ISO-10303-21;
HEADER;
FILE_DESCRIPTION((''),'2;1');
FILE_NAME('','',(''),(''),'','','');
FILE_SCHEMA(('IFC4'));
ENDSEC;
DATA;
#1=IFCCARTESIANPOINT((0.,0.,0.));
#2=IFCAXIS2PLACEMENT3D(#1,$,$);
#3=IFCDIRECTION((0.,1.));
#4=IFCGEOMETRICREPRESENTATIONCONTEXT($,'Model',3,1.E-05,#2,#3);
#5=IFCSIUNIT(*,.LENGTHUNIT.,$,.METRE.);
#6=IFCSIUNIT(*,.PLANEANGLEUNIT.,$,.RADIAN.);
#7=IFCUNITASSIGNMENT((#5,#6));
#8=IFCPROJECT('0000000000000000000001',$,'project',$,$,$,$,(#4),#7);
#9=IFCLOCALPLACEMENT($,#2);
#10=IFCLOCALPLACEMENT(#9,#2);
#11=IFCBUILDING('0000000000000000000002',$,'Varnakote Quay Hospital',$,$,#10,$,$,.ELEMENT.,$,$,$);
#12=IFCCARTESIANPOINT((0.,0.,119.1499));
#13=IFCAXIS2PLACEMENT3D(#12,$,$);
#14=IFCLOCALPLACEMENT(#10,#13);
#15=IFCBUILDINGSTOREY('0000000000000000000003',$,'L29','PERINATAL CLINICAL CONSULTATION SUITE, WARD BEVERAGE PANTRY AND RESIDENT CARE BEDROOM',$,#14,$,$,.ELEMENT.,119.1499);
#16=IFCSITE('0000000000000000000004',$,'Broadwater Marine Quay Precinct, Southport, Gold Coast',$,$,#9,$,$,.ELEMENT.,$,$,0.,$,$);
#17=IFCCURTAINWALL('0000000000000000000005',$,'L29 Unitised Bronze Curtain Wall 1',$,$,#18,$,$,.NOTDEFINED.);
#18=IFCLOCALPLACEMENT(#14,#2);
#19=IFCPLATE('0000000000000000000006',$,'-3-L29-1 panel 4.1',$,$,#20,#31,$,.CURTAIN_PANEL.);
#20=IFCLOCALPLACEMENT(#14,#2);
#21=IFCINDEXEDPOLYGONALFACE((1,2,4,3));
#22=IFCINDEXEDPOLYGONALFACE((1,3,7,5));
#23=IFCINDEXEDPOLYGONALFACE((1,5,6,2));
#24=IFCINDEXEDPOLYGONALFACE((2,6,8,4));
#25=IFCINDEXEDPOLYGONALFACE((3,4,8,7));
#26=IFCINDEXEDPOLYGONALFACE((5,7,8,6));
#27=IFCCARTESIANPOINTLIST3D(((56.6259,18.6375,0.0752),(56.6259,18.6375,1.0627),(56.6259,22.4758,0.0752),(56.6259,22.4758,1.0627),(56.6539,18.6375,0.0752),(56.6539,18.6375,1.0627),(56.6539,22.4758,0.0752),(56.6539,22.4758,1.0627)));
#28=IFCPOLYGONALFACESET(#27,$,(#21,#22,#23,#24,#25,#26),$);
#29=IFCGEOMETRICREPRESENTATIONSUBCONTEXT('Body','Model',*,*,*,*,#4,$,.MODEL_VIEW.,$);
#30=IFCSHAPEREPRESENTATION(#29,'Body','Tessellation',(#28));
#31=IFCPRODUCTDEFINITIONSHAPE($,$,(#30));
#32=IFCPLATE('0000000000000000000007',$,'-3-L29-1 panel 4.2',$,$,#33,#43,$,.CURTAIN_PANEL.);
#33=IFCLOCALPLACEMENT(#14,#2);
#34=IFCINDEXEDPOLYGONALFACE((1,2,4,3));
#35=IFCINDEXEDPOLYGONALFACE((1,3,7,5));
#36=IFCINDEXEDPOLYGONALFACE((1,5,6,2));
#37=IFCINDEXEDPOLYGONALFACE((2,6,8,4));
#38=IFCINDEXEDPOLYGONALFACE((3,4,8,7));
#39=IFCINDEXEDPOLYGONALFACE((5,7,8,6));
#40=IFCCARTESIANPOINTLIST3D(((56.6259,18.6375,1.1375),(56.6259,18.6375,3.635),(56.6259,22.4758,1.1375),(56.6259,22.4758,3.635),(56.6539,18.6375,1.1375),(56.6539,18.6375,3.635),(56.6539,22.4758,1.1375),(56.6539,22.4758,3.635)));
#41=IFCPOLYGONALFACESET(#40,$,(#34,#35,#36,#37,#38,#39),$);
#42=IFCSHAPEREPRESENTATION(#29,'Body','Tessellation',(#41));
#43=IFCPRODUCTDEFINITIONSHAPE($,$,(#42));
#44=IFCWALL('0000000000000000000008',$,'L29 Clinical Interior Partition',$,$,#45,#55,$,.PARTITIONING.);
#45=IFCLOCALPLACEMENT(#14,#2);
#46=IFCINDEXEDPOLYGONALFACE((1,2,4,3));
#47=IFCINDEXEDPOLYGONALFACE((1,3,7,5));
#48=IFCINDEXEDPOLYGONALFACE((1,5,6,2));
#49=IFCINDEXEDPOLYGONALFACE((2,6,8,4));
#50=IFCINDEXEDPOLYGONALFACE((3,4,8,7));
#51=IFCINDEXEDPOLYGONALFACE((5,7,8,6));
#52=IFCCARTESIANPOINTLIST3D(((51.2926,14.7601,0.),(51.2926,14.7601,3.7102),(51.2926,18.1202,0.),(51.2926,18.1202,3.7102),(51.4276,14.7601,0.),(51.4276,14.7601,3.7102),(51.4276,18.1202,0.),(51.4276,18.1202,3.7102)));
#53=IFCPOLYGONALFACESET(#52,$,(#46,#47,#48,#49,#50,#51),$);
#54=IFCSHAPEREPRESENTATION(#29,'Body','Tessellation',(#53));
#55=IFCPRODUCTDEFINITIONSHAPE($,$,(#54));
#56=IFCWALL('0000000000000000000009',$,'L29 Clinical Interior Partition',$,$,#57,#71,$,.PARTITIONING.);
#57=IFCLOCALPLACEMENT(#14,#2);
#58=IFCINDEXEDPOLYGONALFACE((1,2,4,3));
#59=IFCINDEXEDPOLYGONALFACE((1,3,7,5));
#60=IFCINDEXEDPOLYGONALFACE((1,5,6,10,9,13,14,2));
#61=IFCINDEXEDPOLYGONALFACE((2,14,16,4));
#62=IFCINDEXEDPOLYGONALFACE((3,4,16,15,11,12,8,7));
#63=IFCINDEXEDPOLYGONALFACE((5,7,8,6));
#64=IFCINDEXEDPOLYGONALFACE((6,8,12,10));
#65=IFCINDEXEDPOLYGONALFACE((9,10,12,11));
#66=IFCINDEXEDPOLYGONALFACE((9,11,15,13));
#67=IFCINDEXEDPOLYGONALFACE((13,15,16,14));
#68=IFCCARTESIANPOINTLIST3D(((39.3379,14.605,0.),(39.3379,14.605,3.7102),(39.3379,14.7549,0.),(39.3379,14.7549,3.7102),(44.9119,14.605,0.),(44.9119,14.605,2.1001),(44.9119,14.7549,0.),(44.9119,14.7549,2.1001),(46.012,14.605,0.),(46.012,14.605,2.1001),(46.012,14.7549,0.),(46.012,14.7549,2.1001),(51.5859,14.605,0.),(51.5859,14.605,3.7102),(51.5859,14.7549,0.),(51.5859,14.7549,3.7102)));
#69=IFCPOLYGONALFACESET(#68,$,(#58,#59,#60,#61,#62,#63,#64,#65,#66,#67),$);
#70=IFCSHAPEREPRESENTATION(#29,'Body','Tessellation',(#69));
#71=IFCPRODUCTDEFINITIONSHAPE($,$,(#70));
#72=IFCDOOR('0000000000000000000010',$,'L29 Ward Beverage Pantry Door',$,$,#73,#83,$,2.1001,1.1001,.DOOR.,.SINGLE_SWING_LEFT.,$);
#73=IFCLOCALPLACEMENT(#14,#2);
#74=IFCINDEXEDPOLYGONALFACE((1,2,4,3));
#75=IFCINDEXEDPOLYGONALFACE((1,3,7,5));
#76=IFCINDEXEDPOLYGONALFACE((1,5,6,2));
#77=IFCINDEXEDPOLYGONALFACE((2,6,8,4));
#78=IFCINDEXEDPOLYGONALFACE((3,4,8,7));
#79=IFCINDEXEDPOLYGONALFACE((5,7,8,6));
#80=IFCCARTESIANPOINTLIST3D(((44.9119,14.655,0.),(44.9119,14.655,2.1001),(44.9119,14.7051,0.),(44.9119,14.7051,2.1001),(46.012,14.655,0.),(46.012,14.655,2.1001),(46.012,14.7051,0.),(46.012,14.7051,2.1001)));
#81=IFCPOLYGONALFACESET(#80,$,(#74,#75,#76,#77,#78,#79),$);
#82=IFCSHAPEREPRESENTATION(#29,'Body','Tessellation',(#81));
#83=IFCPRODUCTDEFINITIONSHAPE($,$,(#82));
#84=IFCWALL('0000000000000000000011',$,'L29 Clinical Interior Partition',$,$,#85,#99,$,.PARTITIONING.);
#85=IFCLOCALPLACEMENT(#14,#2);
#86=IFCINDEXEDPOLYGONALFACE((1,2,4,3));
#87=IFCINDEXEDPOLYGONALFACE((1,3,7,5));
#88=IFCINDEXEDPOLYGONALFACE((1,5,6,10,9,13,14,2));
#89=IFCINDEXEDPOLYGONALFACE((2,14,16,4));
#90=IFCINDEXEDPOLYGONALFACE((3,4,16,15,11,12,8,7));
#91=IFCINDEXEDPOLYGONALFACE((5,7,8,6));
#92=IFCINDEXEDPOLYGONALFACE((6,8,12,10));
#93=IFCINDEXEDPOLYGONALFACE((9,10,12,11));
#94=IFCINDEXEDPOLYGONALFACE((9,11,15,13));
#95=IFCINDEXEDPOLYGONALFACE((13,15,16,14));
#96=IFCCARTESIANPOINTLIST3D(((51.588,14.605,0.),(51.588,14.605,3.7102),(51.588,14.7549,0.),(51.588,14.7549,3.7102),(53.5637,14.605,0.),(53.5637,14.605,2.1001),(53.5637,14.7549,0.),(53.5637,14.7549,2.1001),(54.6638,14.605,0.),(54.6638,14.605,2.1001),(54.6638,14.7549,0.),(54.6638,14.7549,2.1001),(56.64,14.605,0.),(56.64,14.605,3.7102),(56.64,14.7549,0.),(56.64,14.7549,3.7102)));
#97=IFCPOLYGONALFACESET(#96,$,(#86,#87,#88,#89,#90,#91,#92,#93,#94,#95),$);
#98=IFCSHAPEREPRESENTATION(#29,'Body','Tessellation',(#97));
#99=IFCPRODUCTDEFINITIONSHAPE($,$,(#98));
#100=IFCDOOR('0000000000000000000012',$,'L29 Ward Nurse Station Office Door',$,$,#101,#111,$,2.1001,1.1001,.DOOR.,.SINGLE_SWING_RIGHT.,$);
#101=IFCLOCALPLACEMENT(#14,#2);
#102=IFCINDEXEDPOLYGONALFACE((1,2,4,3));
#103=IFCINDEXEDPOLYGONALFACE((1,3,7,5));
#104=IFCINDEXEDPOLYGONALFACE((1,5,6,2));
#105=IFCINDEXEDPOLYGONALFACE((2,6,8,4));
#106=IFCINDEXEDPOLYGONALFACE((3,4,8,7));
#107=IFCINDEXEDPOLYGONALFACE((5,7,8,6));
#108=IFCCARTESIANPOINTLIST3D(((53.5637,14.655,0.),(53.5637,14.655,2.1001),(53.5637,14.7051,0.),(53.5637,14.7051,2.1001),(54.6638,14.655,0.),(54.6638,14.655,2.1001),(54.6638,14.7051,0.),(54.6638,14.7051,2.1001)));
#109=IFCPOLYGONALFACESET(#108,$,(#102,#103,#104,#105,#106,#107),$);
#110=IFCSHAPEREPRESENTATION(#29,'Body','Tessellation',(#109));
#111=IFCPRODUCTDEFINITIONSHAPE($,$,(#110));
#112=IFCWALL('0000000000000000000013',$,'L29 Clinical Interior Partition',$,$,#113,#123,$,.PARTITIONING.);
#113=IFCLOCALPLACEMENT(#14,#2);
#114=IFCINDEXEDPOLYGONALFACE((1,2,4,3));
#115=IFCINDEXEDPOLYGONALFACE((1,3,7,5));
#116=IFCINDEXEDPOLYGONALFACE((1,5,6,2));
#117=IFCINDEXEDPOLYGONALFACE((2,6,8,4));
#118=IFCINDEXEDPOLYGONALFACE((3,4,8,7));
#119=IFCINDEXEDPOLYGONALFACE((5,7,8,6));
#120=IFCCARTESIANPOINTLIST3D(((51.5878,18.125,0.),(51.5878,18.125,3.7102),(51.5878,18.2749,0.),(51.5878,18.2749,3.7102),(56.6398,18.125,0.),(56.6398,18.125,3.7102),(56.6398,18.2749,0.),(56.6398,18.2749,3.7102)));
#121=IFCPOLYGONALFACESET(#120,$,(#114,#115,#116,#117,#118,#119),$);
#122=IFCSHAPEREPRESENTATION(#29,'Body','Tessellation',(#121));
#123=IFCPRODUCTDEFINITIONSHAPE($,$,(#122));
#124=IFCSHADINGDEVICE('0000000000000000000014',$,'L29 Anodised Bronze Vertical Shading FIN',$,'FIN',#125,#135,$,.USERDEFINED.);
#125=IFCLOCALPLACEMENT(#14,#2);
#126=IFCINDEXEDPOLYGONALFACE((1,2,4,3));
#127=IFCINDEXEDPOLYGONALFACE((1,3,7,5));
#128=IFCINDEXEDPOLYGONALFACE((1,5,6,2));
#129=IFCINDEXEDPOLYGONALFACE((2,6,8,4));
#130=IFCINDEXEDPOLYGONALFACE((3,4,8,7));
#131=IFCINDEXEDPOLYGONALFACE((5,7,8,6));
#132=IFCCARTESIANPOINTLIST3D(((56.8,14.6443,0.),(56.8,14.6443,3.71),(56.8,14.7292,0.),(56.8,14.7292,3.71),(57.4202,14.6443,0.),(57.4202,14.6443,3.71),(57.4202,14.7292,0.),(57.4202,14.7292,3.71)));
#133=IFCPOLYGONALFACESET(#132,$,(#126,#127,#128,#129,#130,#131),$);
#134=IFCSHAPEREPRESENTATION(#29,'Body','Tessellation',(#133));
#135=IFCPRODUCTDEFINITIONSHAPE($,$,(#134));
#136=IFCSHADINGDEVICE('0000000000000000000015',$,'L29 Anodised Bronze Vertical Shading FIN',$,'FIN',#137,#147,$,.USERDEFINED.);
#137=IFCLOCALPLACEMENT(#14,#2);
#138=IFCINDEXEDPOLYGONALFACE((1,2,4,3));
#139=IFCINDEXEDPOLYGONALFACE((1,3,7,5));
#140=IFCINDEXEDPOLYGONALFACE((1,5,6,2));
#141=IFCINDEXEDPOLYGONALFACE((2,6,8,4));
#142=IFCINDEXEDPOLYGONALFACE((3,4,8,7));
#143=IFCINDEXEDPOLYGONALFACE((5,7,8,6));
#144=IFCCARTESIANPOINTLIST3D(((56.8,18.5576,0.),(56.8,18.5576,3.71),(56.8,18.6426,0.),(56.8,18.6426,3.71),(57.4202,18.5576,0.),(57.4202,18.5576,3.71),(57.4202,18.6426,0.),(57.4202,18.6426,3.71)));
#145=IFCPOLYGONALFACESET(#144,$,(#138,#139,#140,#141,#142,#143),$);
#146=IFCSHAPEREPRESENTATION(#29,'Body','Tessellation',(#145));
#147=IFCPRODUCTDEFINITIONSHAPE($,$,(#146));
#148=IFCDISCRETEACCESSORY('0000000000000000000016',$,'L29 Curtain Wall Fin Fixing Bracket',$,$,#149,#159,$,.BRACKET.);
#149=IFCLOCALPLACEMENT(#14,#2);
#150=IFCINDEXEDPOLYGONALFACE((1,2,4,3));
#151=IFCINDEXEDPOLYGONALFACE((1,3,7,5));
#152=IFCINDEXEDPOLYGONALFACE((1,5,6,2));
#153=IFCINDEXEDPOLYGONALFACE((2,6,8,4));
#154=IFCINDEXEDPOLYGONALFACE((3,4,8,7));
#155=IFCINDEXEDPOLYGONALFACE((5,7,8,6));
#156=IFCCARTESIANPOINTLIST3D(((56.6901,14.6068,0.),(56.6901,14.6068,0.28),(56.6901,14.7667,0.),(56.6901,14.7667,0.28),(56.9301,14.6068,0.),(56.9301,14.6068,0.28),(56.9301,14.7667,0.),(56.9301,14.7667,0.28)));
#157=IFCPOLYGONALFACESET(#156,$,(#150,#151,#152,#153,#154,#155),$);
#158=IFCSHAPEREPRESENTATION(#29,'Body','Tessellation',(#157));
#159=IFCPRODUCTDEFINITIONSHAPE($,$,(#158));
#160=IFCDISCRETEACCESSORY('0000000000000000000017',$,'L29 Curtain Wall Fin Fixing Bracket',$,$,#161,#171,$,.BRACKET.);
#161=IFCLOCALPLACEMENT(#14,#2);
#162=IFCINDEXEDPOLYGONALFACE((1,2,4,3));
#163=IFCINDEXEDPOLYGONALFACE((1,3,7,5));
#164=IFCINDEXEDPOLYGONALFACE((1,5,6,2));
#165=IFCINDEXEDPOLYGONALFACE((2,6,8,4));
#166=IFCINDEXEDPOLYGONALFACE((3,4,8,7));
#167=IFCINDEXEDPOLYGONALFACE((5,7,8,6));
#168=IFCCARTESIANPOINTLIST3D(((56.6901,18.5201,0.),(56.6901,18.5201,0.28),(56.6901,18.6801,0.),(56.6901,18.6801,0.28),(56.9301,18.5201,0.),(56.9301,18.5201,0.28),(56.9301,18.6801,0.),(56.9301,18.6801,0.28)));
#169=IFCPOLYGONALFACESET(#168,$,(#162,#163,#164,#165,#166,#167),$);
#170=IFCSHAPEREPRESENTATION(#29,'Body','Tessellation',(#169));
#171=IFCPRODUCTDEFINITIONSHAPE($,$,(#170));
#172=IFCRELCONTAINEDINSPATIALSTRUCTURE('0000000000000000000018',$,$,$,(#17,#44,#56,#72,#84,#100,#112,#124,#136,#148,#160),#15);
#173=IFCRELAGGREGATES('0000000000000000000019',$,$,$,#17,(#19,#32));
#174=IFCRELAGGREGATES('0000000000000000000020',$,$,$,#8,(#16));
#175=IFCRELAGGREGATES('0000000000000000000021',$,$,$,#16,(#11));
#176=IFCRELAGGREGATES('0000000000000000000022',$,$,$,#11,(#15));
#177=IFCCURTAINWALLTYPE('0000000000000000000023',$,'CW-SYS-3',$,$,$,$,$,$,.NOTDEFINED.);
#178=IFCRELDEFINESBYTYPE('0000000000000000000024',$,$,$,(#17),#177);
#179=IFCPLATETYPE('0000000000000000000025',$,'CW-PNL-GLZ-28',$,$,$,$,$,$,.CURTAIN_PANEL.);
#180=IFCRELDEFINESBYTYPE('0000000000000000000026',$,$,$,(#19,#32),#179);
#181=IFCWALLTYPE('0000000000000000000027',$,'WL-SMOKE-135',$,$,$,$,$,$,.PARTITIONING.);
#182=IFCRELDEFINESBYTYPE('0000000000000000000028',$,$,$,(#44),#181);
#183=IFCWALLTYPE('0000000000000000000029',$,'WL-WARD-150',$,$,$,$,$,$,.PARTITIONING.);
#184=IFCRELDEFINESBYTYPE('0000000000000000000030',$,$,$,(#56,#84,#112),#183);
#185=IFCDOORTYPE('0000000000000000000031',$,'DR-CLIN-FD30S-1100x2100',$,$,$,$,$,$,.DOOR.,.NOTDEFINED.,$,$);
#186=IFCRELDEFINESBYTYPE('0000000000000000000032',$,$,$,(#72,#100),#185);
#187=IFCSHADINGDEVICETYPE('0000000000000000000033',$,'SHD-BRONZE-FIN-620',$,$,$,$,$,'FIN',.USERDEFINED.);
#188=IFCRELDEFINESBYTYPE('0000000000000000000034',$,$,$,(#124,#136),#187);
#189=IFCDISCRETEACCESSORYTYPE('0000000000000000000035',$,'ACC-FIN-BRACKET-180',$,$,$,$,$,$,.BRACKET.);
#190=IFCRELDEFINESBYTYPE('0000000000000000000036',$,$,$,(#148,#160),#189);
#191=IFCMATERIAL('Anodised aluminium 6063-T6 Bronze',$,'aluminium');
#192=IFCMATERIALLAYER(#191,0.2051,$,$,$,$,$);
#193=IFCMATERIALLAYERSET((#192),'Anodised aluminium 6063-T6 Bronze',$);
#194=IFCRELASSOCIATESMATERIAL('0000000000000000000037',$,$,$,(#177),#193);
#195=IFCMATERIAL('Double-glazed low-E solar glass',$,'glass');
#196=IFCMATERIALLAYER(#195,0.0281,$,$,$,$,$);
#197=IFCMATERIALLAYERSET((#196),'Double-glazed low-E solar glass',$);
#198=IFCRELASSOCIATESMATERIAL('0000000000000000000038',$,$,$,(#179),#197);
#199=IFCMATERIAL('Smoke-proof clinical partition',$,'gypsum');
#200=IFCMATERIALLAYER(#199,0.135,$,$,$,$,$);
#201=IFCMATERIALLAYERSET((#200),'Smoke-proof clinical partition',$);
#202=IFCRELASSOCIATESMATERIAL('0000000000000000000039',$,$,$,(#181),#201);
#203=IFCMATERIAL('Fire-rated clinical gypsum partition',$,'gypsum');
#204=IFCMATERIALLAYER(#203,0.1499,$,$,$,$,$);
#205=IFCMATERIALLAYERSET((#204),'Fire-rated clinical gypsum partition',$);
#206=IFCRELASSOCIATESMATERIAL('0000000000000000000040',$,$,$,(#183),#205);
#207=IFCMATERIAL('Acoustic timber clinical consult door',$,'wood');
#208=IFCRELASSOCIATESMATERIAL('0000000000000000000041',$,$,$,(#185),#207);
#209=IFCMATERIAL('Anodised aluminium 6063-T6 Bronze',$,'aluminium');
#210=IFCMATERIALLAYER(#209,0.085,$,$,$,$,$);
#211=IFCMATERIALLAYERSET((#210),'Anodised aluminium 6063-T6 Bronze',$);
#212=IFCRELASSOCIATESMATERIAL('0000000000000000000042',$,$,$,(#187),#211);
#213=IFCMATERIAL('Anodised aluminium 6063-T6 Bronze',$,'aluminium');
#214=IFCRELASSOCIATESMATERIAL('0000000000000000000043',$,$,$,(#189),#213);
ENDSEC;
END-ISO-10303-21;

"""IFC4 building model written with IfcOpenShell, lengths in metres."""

from ifc_helpers import new_model, si_unit, direction, frame, frame_2d, origin, origin_2d, place, context, subcontext, project, spatial, rectangle, extrude, material, layer, layer_set, type_object, element, fill, aggregate, save


model = new_model("IFC4")

# Units and contexts
model_context = context("Model", 3, precision=1e-05, world=origin(), true_north=direction((0.0, 1.0)))
body_context = subcontext(model_context, "Body", "Model", "MODEL_VIEW")
ifc_project = project(units=[si_unit("LENGTHUNIT", "METRE"), si_unit("PLANEANGLEUNIT", "RADIAN")], contexts=[model_context])

# Site, building, storey
site_placement = place(None, origin())
site = spatial("IfcSite", under=ifc_project, at=site_placement, Name="Broadwater Marine Quay Precinct, Southport, Gold Coast", CompositionType="ELEMENT", RefElevation=0.0)
building_placement = place(site_placement, origin())
building = spatial("IfcBuilding", under=site, at=building_placement, Name="Varnakote Quay Hospital", CompositionType="ELEMENT")
storey_placement = place(building_placement, frame((0.0, 0.0, 119.1499)))
storey = spatial("IfcBuildingStorey", under=building, at=storey_placement, Name="L29", Description="PERINATAL CLINICAL CONSULTATION SUITE, WARD BEVERAGE PANTRY AND RESIDENT CARE BEDROOM", CompositionType="ELEMENT", Elevation=119.1499)

# Curtain wall, plates
ifc_material_1 = material(Name="Anodised aluminium 6063-T6 Bronze", Category="aluminium")
ifc_layer_1 = layer(ifc_material_1, 0.2051)
ifc_layer_set_1 = layer_set([ifc_layer_1], Name="Anodised aluminium 6063-T6 Bronze")
curtain_wall_type = type_object("IfcCurtainWallType", Name="CW-SYS-3", PredefinedType="NOTDEFINED", material=ifc_layer_set_1)
curtain_wall_placement = place(storey_placement, origin())
curtain_wall = element("IfcCurtainWall", 1, at=curtain_wall_placement, inside=storey, type_object=curtain_wall_type, Name="L29 Unitised Bronze Curtain Wall 1", PredefinedType="NOTDEFINED")
ifc_material_2 = material(Name="Double-glazed low-E solar glass", Category="glass")
ifc_layer_2 = layer(ifc_material_2, 0.0281)
ifc_layer_set_2 = layer_set([ifc_layer_2], Name="Double-glazed low-E solar glass")
plate_type = type_object("IfcPlateType", Name="CW-PNL-GLZ-28", PredefinedType="CURTAIN_PANEL", material=ifc_layer_set_2)
plate_1_placement = place(storey_placement, frame((56.6399, 20.5566, 0.0752), z_axis=(0.0, 0.0, 1.0), x_axis=(0.0, 1.0, 0.0)))
plate_1 = element("IfcPlate", 2, at=plate_1_placement, type_object=plate_type, Name="-3-L29-1 panel 4.1", PredefinedType="CURTAIN_PANEL", context=body_context, shape_type="SweptSolid", body=[
    extrude(rectangle(XDim=3.8384, YDim=0.0281, at=origin_2d()), origin(), (0.0, 0.0, 1.0), 0.9875),
])
plate_2_placement = place(storey_placement, frame((56.6399, 20.5566, 1.1375), z_axis=(0.0, 0.0, 1.0), x_axis=(0.0, 1.0, 0.0)))
plate_2 = element("IfcPlate", 3, at=plate_2_placement, type_object=plate_type, Name="-3-L29-1 panel 4.2", PredefinedType="CURTAIN_PANEL", context=body_context, shape_type="SweptSolid", body=[
    extrude(rectangle(XDim=3.8384, YDim=0.0281, at=origin_2d()), origin(), (0.0, 0.0, 1.0), 2.4976),
])
aggregate(curtain_wall, [plate_1, plate_2])

# Wall
ifc_material_3 = material(Name="Smoke-proof clinical partition", Category="gypsum")
ifc_layer_3 = layer(ifc_material_3, 0.135)
ifc_layer_set_3 = layer_set([ifc_layer_3], Name="Smoke-proof clinical partition")
wall_type_1 = type_object("IfcWallType", Name="WL-SMOKE-135", PredefinedType="PARTITIONING", material=ifc_layer_set_3)
wall_1_placement = place(storey_placement, frame((51.3601, 14.76, 0.0), z_axis=(0.0, 0.0, 1.0), x_axis=(0.0, 1.0, 0.0)))
element("IfcWall", 4, at=wall_1_placement, inside=storey, type_object=wall_type_1, Name="L29 Clinical Interior Partition", PredefinedType="PARTITIONING", context=body_context, shape_type="SweptSolid", body=[
    extrude(rectangle(XDim=3.3601, YDim=0.135, at=frame_2d((1.6802, 0.0))), origin(), (0.0, 0.0, 1.0), 3.7102),
])

# Walls, openings, doors
ifc_material_4 = material(Name="Fire-rated clinical gypsum partition", Category="gypsum")
ifc_layer_4 = layer(ifc_material_4, 0.1499)
ifc_layer_set_4 = layer_set([ifc_layer_4], Name="Fire-rated clinical gypsum partition")
wall_type_2 = type_object("IfcWallType", Name="WL-WARD-150", PredefinedType="PARTITIONING", material=ifc_layer_set_4)
wall_2_placement = place(storey_placement, frame((51.5859, 14.6799, 0.0), z_axis=(0.0, 0.0, 1.0), x_axis=(-1.0, 0.0, 0.0)))
wall_2 = element("IfcWall", 5, at=wall_2_placement, inside=storey, type_object=wall_type_2, Name="L29 Clinical Interior Partition", PredefinedType="PARTITIONING", context=body_context, shape_type="SweptSolid", body=[
    extrude(rectangle(XDim=12.248, YDim=0.1499, at=frame_2d((6.124, 0.0))), origin(), (0.0, 0.0, 1.0), 3.7102),
])
opening_1_placement = place(wall_2_placement, frame((5.574, 0.0, 0.0)))
opening_1 = element("IfcOpeningElement", 6, at=opening_1_placement, cuts=wall_2, PredefinedType="OPENING", context=body_context, shape_type="SweptSolid", body=[
    extrude(rectangle(XDim=1.1001, YDim=2.1001, at=frame_2d((0.55, 1.05))), frame((0.0, 0.085, 0.0), z_axis=(0.0, -1.0, 0.0), x_axis=(1.0, 0.0, 0.0)), (0.0, 0.0, 1.0), 0.1699),
])
ifc_material_5 = material(Name="Acoustic timber clinical consult door", Category="wood")
door_type = type_object("IfcDoorType", Name="DR-CLIN-FD30S-1100x2100", OperationType="NOTDEFINED", PredefinedType="DOOR", material=ifc_material_5)
door_1_placement = place(opening_1_placement, origin())
door_1 = element("IfcDoor", 7, at=door_1_placement, inside=storey, type_object=door_type, Name="L29 Ward Beverage Pantry Door", OperationType="SINGLE_SWING_LEFT", OverallHeight=2.1001, OverallWidth=1.1001, PredefinedType="DOOR", context=body_context, shape_type="SweptSolid", body=[
    extrude(rectangle(XDim=1.1001, YDim=2.1001, at=frame_2d((0.55, 1.05))), frame((0.0, 0.0249, 0.0), z_axis=(0.0, -1.0, 0.0), x_axis=(1.0, 0.0, 0.0)), (0.0, 0.0, 1.0), 0.05),
])
fill(opening_1, door_1)
wall_3_placement = place(storey_placement, frame((56.6399, 14.6799, 0.0), z_axis=(0.0, 0.0, 1.0), x_axis=(-1.0, 0.0, 0.0)))
wall_3 = element("IfcWall", 8, at=wall_3_placement, inside=storey, type_object=wall_type_2, Name="L29 Clinical Interior Partition", PredefinedType="PARTITIONING", context=body_context, shape_type="SweptSolid", body=[
    extrude(rectangle(XDim=5.052, YDim=0.1499, at=frame_2d((2.5259, 0.0))), origin(), (0.0, 0.0, 1.0), 3.7102),
])
opening_2_placement = place(wall_3_placement, frame((1.9761, 0.0, 0.0)))
opening_2 = element("IfcOpeningElement", 9, at=opening_2_placement, cuts=wall_3, PredefinedType="OPENING", context=body_context, shape_type="SweptSolid", body=[
    extrude(rectangle(XDim=1.1001, YDim=2.1001, at=frame_2d((0.55, 1.05))), frame((0.0, 0.085, 0.0), z_axis=(0.0, -1.0, 0.0), x_axis=(1.0, 0.0, 0.0)), (0.0, 0.0, 1.0), 0.1699),
])
door_2_placement = place(opening_2_placement, origin())
door_2 = element("IfcDoor", 10, at=door_2_placement, inside=storey, type_object=door_type, Name="L29 Ward Nurse Station Office Door", OperationType="SINGLE_SWING_RIGHT", OverallHeight=2.1001, OverallWidth=1.1001, PredefinedType="DOOR", context=body_context, shape_type="SweptSolid", body=[
    extrude(rectangle(XDim=1.1001, YDim=2.1001, at=frame_2d((0.55, 1.05))), frame((0.0, 0.0249, 0.0), z_axis=(0.0, -1.0, 0.0), x_axis=(1.0, 0.0, 0.0)), (0.0, 0.0, 1.0), 0.05),
])
fill(opening_2, door_2)

# Wall
wall_4_placement = place(storey_placement, frame((51.5879, 18.2, 0.0), z_axis=(0.0, 0.0, 1.0), x_axis=(1.0, 0.0, 0.0)))
element("IfcWall", 11, at=wall_4_placement, inside=storey, type_object=wall_type_2, Name="L29 Clinical Interior Partition", PredefinedType="PARTITIONING", context=body_context, shape_type="SweptSolid", body=[
    extrude(rectangle(XDim=5.052, YDim=0.1499, at=frame_2d((2.5259, 0.0))), origin(), (0.0, 0.0, 1.0), 3.7102),
])

# Shading devices
ifc_material_6 = material(Name="Anodised aluminium 6063-T6 Bronze", Category="aluminium")
ifc_layer_5 = layer(ifc_material_6, 0.085)
ifc_layer_set_5 = layer_set([ifc_layer_5], Name="Anodised aluminium 6063-T6 Bronze")
shading_device_type = type_object("IfcShadingDeviceType", Name="SHD-BRONZE-FIN-620", ElementType="FIN", PredefinedType="USERDEFINED", material=ifc_layer_set_5)
for number, where, z_axis, x_axis, name in (
    (12, (57.1101, 14.6868, 0.0), (0.0, 0.0, 1.0), (-1.0, 0.0, 0.0), "L29 Anodised Bronze Vertical Shading FIN"),
    (13, (57.1101, 18.6001, 0.0), (0.0, 0.0, 1.0), (-1.0, 0.0, 0.0), "L29 Anodised Bronze Vertical Shading FIN"),
):
    element("IfcShadingDevice", number, at=place(storey_placement, frame(where, z_axis=z_axis, x_axis=x_axis)), inside=storey, type_object=shading_device_type, Name=name, ObjectType="FIN", PredefinedType="USERDEFINED", context=body_context, shape_type="SweptSolid", body=[
        extrude(rectangle(XDim=0.6201, YDim=0.085, at=origin_2d()), origin(), (0.0, 0.0, 1.0), 3.71),
    ])

# Discrete accessories
ifc_material_7 = material(Name="Anodised aluminium 6063-T6 Bronze", Category="aluminium")
discrete_accessory_type = type_object("IfcDiscreteAccessoryType", Name="ACC-FIN-BRACKET-180", PredefinedType="BRACKET", material=ifc_material_7)
for number, where, z_axis, x_axis, name in (
    (14, (56.8101, 14.6868, 0.0), (0.0, 0.0, 1.0), (0.0, 1.0, 0.0), "L29 Curtain Wall Fin Fixing Bracket"),
    (15, (56.8101, 18.6001, 0.0), (0.0, 0.0, 1.0), (0.0, 1.0, 0.0), "L29 Curtain Wall Fin Fixing Bracket"),
):
    element("IfcDiscreteAccessory", number, at=place(storey_placement, frame(where, z_axis=z_axis, x_axis=x_axis)), inside=storey, type_object=discrete_accessory_type, Name=name, PredefinedType="BRACKET", context=body_context, shape_type="SweptSolid", body=[
        extrude(rectangle(XDim=0.1599, YDim=0.24, at=origin_2d()), origin(), (0.0, 0.0, 1.0), 0.28),
    ])

save(model, "model.ifc")
